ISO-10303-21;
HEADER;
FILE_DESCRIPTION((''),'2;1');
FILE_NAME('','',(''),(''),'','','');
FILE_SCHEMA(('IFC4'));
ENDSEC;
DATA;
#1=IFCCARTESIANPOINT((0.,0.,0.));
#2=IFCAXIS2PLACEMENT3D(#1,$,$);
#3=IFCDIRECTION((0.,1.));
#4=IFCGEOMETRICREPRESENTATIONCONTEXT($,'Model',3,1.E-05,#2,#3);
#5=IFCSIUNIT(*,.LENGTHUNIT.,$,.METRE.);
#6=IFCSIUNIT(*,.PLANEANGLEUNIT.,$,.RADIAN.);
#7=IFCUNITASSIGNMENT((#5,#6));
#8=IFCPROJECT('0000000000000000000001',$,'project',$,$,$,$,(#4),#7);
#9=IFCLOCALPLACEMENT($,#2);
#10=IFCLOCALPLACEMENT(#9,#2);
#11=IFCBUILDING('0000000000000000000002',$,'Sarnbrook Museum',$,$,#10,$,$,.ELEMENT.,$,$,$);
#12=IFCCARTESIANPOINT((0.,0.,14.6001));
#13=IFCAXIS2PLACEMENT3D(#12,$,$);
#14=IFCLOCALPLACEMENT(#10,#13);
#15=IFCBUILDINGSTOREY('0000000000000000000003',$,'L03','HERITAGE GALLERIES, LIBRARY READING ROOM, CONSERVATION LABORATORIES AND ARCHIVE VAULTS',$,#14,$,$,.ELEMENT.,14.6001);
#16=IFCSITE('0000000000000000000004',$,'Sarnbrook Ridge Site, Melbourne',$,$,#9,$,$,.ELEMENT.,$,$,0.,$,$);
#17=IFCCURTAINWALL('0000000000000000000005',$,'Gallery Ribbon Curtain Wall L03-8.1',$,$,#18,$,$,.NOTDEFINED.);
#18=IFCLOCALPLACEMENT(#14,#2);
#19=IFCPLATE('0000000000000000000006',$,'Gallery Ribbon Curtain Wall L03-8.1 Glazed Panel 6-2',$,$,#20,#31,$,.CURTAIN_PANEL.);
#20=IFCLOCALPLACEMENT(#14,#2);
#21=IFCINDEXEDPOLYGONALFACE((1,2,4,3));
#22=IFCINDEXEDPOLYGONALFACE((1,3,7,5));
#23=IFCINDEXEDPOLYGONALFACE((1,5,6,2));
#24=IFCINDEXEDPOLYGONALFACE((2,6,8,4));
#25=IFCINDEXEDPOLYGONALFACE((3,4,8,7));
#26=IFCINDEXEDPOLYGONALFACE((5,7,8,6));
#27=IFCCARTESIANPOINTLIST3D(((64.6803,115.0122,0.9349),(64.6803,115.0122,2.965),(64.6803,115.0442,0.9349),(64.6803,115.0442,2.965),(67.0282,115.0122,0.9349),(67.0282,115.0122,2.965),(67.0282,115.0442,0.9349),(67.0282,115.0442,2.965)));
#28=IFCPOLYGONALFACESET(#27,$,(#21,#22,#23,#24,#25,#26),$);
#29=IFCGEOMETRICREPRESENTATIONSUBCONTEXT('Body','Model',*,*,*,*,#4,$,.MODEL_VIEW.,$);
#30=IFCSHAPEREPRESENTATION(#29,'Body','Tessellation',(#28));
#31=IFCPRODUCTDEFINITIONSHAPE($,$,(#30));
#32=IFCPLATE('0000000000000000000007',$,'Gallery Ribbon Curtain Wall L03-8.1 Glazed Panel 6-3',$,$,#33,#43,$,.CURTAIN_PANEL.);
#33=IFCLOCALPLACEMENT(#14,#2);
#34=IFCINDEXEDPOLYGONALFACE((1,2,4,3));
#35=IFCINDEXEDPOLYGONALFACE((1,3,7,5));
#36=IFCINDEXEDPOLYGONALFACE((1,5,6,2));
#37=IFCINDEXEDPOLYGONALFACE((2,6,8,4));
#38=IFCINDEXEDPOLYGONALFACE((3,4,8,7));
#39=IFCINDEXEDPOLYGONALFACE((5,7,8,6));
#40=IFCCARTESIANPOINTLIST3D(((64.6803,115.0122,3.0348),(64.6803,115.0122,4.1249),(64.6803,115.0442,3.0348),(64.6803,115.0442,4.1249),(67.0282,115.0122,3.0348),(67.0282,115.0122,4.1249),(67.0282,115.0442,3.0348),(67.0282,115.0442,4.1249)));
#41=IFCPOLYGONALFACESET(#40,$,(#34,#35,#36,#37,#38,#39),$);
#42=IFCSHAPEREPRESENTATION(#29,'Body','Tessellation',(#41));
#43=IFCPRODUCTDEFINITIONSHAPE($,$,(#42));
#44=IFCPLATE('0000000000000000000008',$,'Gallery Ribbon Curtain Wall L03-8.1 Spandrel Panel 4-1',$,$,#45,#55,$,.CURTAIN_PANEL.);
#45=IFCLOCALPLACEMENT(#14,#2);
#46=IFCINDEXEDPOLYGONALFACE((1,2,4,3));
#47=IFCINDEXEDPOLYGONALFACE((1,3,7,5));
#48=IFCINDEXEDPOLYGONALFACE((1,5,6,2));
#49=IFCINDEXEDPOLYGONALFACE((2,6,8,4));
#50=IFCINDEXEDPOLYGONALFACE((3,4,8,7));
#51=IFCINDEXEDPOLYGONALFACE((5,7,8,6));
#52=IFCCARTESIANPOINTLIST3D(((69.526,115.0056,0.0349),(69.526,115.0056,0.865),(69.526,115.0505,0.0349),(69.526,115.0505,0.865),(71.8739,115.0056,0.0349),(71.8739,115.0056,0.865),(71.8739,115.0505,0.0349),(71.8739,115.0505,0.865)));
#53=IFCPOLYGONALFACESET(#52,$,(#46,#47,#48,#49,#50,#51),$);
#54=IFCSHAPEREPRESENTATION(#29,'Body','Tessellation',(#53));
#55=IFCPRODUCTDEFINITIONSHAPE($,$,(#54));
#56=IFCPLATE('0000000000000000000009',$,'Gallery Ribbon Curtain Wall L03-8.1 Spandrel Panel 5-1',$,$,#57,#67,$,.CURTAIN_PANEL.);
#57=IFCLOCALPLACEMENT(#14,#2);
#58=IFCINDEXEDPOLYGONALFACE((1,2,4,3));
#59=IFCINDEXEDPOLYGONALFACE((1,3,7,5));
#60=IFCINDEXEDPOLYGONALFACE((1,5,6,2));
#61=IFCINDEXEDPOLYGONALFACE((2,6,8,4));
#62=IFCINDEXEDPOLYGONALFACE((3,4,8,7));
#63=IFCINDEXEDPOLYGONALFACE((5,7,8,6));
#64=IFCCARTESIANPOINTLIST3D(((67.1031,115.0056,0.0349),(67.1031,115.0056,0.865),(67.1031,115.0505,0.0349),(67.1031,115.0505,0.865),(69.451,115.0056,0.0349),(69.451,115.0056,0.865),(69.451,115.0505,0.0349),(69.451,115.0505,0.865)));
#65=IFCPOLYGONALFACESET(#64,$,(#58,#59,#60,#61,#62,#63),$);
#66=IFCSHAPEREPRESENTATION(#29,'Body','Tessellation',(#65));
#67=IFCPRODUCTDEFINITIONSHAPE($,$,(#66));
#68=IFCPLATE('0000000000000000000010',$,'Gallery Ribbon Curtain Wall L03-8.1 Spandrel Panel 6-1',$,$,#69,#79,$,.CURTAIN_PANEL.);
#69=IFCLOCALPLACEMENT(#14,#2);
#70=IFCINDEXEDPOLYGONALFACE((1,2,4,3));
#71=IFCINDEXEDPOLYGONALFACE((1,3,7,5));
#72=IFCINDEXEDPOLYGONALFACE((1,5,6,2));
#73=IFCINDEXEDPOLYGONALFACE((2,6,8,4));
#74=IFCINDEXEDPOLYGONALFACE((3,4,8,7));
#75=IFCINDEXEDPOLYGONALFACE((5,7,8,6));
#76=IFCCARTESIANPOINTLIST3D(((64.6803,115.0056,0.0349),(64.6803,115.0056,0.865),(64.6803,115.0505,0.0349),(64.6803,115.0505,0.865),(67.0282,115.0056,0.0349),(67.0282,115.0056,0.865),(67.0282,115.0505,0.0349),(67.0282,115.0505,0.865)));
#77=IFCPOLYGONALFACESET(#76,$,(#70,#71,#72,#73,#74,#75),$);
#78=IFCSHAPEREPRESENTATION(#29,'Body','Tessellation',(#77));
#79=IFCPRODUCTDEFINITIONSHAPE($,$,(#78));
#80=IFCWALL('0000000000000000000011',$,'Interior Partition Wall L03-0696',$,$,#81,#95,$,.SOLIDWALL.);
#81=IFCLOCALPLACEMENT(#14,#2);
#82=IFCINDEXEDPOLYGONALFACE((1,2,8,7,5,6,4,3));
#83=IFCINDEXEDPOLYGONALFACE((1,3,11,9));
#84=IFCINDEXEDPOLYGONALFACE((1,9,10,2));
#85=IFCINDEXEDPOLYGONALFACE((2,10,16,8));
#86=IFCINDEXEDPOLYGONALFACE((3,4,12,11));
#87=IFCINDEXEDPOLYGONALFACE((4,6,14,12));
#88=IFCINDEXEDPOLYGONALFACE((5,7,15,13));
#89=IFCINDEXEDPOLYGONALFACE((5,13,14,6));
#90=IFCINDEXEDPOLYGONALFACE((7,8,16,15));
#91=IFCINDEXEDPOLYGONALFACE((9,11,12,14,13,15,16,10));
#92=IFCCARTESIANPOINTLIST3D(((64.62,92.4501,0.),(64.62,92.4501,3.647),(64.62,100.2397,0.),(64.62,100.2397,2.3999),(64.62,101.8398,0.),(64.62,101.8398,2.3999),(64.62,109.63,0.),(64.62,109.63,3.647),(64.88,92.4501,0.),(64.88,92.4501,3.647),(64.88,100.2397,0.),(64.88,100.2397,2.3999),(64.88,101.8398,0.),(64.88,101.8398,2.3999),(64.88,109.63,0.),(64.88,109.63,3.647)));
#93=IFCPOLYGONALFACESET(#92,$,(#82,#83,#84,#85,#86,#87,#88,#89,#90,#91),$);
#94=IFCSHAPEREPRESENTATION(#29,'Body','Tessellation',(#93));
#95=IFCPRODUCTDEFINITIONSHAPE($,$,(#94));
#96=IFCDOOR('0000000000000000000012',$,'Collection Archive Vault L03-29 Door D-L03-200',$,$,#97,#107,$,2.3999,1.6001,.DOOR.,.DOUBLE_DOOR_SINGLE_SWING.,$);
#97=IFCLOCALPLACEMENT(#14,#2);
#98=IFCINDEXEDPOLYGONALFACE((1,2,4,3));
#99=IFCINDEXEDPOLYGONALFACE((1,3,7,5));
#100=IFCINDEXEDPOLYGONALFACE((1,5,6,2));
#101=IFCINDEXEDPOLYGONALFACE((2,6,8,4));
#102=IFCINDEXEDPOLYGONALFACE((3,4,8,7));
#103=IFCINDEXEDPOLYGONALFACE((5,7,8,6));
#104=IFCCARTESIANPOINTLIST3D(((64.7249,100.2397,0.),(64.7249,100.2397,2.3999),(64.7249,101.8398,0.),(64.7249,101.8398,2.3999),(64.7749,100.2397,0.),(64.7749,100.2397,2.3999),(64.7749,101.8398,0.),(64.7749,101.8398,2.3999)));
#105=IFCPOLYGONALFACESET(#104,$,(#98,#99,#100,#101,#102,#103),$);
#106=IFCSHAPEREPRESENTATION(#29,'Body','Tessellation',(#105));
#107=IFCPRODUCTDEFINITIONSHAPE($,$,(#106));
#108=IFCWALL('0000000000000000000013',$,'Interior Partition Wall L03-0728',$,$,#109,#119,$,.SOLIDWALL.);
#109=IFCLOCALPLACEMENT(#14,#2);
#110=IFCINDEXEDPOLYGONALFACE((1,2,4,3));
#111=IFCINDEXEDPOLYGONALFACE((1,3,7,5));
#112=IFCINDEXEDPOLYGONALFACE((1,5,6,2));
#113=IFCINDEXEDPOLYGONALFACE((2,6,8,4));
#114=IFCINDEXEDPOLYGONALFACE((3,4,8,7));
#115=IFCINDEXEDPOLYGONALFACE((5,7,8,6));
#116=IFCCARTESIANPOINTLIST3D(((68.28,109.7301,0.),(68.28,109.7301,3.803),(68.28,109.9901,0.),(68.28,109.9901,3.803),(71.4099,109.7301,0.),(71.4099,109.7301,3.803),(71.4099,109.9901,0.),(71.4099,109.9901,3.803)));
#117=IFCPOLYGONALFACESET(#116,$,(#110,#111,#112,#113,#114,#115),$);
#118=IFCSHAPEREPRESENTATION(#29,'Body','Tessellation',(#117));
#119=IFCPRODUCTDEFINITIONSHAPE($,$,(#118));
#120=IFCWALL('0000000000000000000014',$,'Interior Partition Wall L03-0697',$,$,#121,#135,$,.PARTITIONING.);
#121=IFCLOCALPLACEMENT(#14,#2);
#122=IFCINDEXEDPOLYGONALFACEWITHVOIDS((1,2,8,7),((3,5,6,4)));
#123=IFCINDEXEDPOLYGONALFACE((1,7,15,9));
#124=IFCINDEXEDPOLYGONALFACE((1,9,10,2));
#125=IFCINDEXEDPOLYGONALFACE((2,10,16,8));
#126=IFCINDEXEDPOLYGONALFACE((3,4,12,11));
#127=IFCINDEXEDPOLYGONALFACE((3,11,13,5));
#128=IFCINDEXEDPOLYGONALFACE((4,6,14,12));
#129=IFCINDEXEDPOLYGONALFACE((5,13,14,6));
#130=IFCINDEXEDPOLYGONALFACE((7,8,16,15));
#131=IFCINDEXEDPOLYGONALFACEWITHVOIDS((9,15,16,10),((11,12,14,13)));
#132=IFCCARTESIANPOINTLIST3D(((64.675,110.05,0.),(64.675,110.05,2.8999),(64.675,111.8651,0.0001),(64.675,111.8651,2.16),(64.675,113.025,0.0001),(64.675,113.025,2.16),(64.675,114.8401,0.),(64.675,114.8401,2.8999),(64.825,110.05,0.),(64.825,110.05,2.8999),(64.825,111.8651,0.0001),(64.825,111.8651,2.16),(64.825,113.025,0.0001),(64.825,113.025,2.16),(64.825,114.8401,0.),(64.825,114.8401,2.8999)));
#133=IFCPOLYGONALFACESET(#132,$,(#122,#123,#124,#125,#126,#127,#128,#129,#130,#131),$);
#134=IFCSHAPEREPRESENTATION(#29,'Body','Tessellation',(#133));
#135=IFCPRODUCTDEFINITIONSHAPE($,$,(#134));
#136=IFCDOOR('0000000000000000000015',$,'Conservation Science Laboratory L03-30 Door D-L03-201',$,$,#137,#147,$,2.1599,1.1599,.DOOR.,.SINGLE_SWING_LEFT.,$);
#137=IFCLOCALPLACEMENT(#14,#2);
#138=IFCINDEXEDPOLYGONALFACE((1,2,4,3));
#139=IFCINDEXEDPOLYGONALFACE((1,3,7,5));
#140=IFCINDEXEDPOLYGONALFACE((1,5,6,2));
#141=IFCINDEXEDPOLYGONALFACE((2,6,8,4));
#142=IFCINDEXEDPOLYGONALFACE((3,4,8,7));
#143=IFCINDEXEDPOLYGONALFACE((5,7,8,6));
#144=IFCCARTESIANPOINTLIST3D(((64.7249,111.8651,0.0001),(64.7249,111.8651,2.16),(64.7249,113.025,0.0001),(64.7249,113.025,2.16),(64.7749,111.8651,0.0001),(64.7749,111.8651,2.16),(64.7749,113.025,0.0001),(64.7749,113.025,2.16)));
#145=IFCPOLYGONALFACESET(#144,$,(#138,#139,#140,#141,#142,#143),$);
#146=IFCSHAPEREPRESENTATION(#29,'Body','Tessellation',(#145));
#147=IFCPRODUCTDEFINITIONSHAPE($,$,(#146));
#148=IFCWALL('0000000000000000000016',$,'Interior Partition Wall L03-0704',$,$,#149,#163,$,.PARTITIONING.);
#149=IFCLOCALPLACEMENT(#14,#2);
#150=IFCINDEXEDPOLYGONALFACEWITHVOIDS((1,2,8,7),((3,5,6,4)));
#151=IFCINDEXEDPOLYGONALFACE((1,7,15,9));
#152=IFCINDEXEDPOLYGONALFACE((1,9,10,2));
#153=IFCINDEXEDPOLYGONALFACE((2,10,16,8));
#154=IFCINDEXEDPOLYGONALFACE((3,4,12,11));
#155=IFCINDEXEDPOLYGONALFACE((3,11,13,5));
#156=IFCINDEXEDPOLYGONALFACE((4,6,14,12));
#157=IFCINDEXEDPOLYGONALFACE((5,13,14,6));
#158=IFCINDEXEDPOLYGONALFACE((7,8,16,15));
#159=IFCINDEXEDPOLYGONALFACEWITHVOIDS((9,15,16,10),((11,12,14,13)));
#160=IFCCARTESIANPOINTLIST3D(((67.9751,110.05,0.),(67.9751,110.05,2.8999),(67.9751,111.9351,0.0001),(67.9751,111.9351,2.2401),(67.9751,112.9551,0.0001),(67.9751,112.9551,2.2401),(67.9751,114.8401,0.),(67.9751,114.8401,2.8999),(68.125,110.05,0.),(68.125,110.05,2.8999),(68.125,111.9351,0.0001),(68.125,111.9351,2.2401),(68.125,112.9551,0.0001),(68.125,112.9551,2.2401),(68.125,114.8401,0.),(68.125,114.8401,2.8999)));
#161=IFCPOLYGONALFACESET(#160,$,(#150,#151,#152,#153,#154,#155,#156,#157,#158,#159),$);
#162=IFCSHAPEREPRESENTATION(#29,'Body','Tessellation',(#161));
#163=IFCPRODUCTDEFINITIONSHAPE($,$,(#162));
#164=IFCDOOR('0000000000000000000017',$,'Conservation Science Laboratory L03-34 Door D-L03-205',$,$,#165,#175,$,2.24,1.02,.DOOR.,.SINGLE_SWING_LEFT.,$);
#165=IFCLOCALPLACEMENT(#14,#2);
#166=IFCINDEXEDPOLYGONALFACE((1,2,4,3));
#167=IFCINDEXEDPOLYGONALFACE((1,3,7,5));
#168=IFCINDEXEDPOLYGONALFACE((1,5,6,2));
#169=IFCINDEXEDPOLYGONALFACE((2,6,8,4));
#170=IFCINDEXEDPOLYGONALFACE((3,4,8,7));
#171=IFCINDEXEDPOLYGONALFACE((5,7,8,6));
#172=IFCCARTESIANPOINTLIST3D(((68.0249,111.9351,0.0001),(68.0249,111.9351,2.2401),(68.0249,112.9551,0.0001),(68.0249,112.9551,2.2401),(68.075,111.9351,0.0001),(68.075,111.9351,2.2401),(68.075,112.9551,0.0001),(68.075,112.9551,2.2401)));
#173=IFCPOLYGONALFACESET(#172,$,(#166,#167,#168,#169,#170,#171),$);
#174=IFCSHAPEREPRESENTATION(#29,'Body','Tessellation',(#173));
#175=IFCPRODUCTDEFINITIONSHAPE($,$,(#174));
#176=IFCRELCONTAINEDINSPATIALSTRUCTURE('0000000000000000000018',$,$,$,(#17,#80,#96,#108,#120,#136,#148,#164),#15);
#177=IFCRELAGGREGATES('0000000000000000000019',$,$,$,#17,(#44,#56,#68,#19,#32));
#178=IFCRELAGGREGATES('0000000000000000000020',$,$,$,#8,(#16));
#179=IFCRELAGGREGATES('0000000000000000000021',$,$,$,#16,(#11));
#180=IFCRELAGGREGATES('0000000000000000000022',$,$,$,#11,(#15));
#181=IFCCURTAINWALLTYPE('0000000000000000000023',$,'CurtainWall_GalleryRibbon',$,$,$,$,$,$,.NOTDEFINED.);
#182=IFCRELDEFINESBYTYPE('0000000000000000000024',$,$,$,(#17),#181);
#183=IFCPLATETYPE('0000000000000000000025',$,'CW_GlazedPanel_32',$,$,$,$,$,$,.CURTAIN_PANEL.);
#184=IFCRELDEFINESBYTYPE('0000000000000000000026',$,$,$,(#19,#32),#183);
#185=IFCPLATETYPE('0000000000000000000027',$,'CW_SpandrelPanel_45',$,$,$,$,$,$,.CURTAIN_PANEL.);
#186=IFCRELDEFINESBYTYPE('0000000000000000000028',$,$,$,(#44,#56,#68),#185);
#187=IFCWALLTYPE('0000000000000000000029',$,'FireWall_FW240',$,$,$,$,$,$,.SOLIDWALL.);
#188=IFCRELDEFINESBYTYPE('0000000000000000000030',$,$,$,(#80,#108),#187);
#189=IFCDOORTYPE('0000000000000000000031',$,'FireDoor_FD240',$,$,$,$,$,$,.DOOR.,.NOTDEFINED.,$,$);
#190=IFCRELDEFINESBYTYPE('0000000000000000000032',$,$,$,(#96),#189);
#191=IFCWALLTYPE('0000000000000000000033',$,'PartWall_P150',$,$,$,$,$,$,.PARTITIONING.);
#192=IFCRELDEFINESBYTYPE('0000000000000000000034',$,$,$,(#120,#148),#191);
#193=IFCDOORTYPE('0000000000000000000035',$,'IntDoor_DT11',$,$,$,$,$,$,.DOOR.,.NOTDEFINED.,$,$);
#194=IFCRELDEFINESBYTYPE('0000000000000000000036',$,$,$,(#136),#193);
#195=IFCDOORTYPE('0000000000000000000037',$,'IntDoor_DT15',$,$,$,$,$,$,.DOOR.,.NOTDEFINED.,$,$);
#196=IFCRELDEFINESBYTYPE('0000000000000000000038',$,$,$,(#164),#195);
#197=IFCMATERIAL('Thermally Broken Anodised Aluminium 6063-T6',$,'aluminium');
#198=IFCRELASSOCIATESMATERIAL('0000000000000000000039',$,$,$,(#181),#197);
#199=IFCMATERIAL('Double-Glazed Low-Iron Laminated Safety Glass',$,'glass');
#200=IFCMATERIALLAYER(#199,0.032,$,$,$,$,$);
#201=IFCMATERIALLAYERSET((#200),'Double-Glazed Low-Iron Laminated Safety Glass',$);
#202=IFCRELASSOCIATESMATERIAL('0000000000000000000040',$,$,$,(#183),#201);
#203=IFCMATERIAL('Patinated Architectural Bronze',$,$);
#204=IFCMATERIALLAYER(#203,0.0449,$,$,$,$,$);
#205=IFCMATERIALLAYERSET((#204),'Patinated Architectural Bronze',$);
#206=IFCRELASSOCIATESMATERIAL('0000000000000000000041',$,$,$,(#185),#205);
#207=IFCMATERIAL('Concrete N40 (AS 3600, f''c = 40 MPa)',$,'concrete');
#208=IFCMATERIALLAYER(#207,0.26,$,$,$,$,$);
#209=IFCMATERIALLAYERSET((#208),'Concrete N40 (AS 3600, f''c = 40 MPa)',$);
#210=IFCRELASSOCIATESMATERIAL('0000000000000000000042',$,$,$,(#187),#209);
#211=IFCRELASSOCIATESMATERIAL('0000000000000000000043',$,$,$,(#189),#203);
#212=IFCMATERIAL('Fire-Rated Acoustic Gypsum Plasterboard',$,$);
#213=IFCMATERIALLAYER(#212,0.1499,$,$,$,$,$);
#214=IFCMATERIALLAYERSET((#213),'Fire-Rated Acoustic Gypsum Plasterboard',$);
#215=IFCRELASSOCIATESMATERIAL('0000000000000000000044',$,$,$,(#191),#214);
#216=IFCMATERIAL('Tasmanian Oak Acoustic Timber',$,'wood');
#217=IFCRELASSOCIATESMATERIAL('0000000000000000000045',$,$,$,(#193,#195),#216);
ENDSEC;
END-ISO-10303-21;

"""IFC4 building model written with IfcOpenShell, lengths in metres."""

from ifc_helpers import new_model, si_unit, direction, frame, frame_2d, origin, origin_2d, place, context, subcontext, project, spatial, rectangle, extrude, material, layer, layer_set, type_object, element, fill, aggregate, save


model = new_model("IFC4")

# Units and contexts
model_context = context("Model", 3, precision=1e-05, world=origin(), true_north=direction((0.0, 1.0)))
body_context = subcontext(model_context, "Body", "Model", "MODEL_VIEW")
ifc_project = project(units=[si_unit("LENGTHUNIT", "METRE"), si_unit("PLANEANGLEUNIT", "RADIAN")], contexts=[model_context])

# Site, building, storey
site_placement = place(None, origin())
site = spatial("IfcSite", under=ifc_project, at=site_placement, Name="Sarnbrook Ridge Site, Melbourne", CompositionType="ELEMENT", RefElevation=0.0)
building_placement = place(site_placement, origin())
building = spatial("IfcBuilding", under=site, at=building_placement, Name="Sarnbrook Museum", CompositionType="ELEMENT")
storey_placement = place(building_placement, frame((0.0, 0.0, 14.6001)))
storey = spatial("IfcBuildingStorey", under=building, at=storey_placement, Name="L03", Description="HERITAGE GALLERIES, LIBRARY READING ROOM, CONSERVATION LABORATORIES AND ARCHIVE VAULTS", CompositionType="ELEMENT", Elevation=14.6001)

# Shared definitions
ifc_material_1 = material(Name="Concrete N40 (AS 3600, f'c = 40 MPa)", Category="concrete")

# Curtain wall
ifc_material_2 = material(Name="Thermally Broken Anodised Aluminium 6063-T6", Category="aluminium")
curtain_wall_type = type_object("IfcCurtainWallType", Name="CurtainWall_GalleryRibbon", PredefinedType="NOTDEFINED", material=ifc_material_2)
curtain_wall_placement = place(storey_placement, origin())
curtain_wall = element("IfcCurtainWall", 1, at=curtain_wall_placement, inside=storey, type_object=curtain_wall_type, Name="Gallery Ribbon Curtain Wall L03-8.1", PredefinedType="NOTDEFINED")

# Plates
ifc_material_3 = material(Name="Double-Glazed Low-Iron Laminated Safety Glass", Category="glass")
ifc_layer_1 = layer(ifc_material_3, 0.032)
ifc_layer_set_1 = layer_set([ifc_layer_1], Name="Double-Glazed Low-Iron Laminated Safety Glass")
plate_type_1 = type_object("IfcPlateType", Name="CW_GlazedPanel_32", PredefinedType="CURTAIN_PANEL", material=ifc_layer_set_1)
plate_1_placement = place(storey_placement, frame((65.8542, 115.0122, 1.95), z_axis=(0.0, 1.0, 0.0), x_axis=(-1.0, 0.0, 0.0)))
plate_1 = element("IfcPlate", 2, at=plate_1_placement, type_object=plate_type_1, Name="Gallery Ribbon Curtain Wall L03-8.1 Glazed Panel 6-2", PredefinedType="CURTAIN_PANEL", context=body_context, shape_type="SweptSolid", body=[
    extrude(rectangle(XDim=2.3479, YDim=2.03, at=origin_2d()), origin(), (0.0, 0.0, 1.0), 0.032),
])
plate_2_placement = place(storey_placement, frame((65.8542, 115.0122, 3.5798), z_axis=(0.0, 1.0, 0.0), x_axis=(-1.0, 0.0, 0.0)))
plate_2 = element("IfcPlate", 3, at=plate_2_placement, type_object=plate_type_1, Name="Gallery Ribbon Curtain Wall L03-8.1 Glazed Panel 6-3", PredefinedType="CURTAIN_PANEL", context=body_context, shape_type="SweptSolid", body=[
    extrude(rectangle(XDim=2.3479, YDim=1.0901, at=origin_2d()), origin(), (0.0, 0.0, 1.0), 0.032),
])
ifc_material_4 = material(Name="Patinated Architectural Bronze")
ifc_layer_2 = layer(ifc_material_4, 0.0449)
ifc_layer_set_2 = layer_set([ifc_layer_2], Name="Patinated Architectural Bronze")
plate_type_2 = type_object("IfcPlateType", Name="CW_SpandrelPanel_45", PredefinedType="CURTAIN_PANEL", material=ifc_layer_set_2)
plate_3_placement = place(storey_placement, frame((70.7, 115.0056, 0.45), z_axis=(0.0, 1.0, 0.0), x_axis=(-1.0, 0.0, 0.0)))
plate_3 = element("IfcPlate", 4, at=plate_3_placement, type_object=plate_type_2, Name="Gallery Ribbon Curtain Wall L03-8.1 Spandrel Panel 4-1", PredefinedType="CURTAIN_PANEL", context=body_context, shape_type="SweptSolid", body=[
    extrude(rectangle(XDim=2.3479, YDim=0.8301, at=origin_2d()), origin(), (0.0, 0.0, 1.0), 0.0449),
])
plate_4_placement = place(storey_placement, frame((68.2771, 115.0056, 0.45), z_axis=(0.0, 1.0, 0.0), x_axis=(-1.0, 0.0, 0.0)))
plate_4 = element("IfcPlate", 5, at=plate_4_placement, type_object=plate_type_2, Name="Gallery Ribbon Curtain Wall L03-8.1 Spandrel Panel 5-1", PredefinedType="CURTAIN_PANEL", context=body_context, shape_type="SweptSolid", body=[
    extrude(rectangle(XDim=2.3479, YDim=0.8301, at=origin_2d()), origin(), (0.0, 0.0, 1.0), 0.0449),
])
plate_5_placement = place(storey_placement, frame((65.8542, 115.0056, 0.45), z_axis=(0.0, 1.0, 0.0), x_axis=(-1.0, 0.0, 0.0)))
plate_5 = element("IfcPlate", 6, at=plate_5_placement, type_object=plate_type_2, Name="Gallery Ribbon Curtain Wall L03-8.1 Spandrel Panel 6-1", PredefinedType="CURTAIN_PANEL", context=body_context, shape_type="SweptSolid", body=[
    extrude(rectangle(XDim=2.3479, YDim=0.8301, at=origin_2d()), origin(), (0.0, 0.0, 1.0), 0.0449),
])
aggregate(curtain_wall, [plate_3, plate_4, plate_5, plate_1, plate_2])

# Wall, opening, door
ifc_layer_3 = layer(ifc_material_1, 0.26)
ifc_layer_set_3 = layer_set([ifc_layer_3], Name="Concrete N40 (AS 3600, f'c = 40 MPa)")
wall_type_1 = type_object("IfcWallType", Name="FireWall_FW240", PredefinedType="SOLIDWALL", material=ifc_layer_set_3)
wall_1_placement = place(storey_placement, frame((64.75, 109.6299, 0.0), z_axis=(0.0, 0.0, 1.0), x_axis=(0.0, -1.0, 0.0)))
wall_1 = element("IfcWall", 7, at=wall_1_placement, inside=storey, type_object=wall_type_1, Name="Interior Partition Wall L03-0696", PredefinedType="SOLIDWALL", context=body_context, shape_type="SweptSolid", body=[
    extrude(rectangle(XDim=17.1799, YDim=0.26, at=frame_2d((8.5898, 0.0))), origin(), (0.0, 0.0, 1.0), 3.647),
])
opening_1_placement = place(wall_1_placement, frame((7.79, 0.0, 0.0)))
opening_1 = element("IfcOpeningElement", 8, at=opening_1_placement, cuts=wall_1, PredefinedType="OPENING", context=body_context, shape_type="SweptSolid", body=[
    extrude(rectangle(XDim=1.6001, YDim=2.3999, at=frame_2d((0.8, 1.2))), frame((0.0, 0.1401, 0.0), z_axis=(0.0, -1.0, 0.0), x_axis=(1.0, 0.0, 0.0)), (0.0, 0.0, 1.0), 0.28),
])
door_type_1 = type_object("IfcDoorType", Name="FireDoor_FD240", OperationType="NOTDEFINED", PredefinedType="DOOR", material=ifc_material_4)
door_1_placement = place(opening_1_placement, origin())
door_1 = element("IfcDoor", 9, at=door_1_placement, inside=storey, type_object=door_type_1, Name="Collection Archive Vault L03-29 Door D-L03-200", OperationType="DOUBLE_DOOR_SINGLE_SWING", OverallHeight=2.3999, OverallWidth=1.6001, PredefinedType="DOOR", context=body_context, shape_type="SweptSolid", body=[
    extrude(rectangle(XDim=1.6001, YDim=2.3999, at=frame_2d((0.8, 1.2))), frame((0.0, 0.0249, 0.0), z_axis=(0.0, -1.0, 0.0), x_axis=(1.0, 0.0, 0.0)), (0.0, 0.0, 1.0), 0.05),
])
fill(opening_1, door_1)

# Wall
wall_2_placement = place(storey_placement, frame((68.28, 109.8601, 0.0), z_axis=(0.0, 0.0, 1.0), x_axis=(1.0, 0.0, 0.0)))
element("IfcWall", 10, at=wall_2_placement, inside=storey, type_object=wall_type_1, Name="Interior Partition Wall L03-0728", PredefinedType="SOLIDWALL", context=body_context, shape_type="SweptSolid", body=[
    extrude(rectangle(XDim=3.1299, YDim=0.26, at=frame_2d((1.5649, 0.0))), origin(), (0.0, 0.0, 1.0), 3.803),
])

# Walls, openings, doors
ifc_material_5 = material(Name="Fire-Rated Acoustic Gypsum Plasterboard")
ifc_layer_4 = layer(ifc_material_5, 0.1499)
ifc_layer_set_4 = layer_set([ifc_layer_4], Name="Fire-Rated Acoustic Gypsum Plasterboard")
wall_type_2 = type_object("IfcWallType", Name="PartWall_P150", PredefinedType="PARTITIONING", material=ifc_layer_set_4)
wall_3_placement = place(storey_placement, frame((64.75, 114.8401, 0.0), z_axis=(0.0, 0.0, 1.0), x_axis=(0.0, -1.0, 0.0)))
wall_3 = element("IfcWall", 11, at=wall_3_placement, inside=storey, type_object=wall_type_2, Name="Interior Partition Wall L03-0697", PredefinedType="PARTITIONING", context=body_context, shape_type="SweptSolid", body=[
    extrude(rectangle(XDim=4.79, YDim=0.1499, at=frame_2d((2.395, 0.0))), origin(), (0.0, 0.0, 1.0), 2.8999),
])
opening_2_placement = place(wall_3_placement, frame((1.8149, 0.0, 0.0)))
opening_2 = element("IfcOpeningElement", 12, at=opening_2_placement, cuts=wall_3, PredefinedType="OPENING", context=body_context, shape_type="SweptSolid", body=[
    extrude(rectangle(XDim=1.1599, YDim=2.1599, at=frame_2d((0.5801, 1.0801))), frame((0.0, 0.085, 0.0), z_axis=(0.0, -1.0, 0.0), x_axis=(1.0, 0.0, 0.0)), (0.0, 0.0, 1.0), 0.1699),
])
ifc_material_6 = material(Name="Tasmanian Oak Acoustic Timber", Category="wood")
door_type_2 = type_object("IfcDoorType", Name="IntDoor_DT11", OperationType="NOTDEFINED", PredefinedType="DOOR", material=ifc_material_6)
door_2_placement = place(opening_2_placement, origin())
door_2 = element("IfcDoor", 13, at=door_2_placement, inside=storey, type_object=door_type_2, Name="Conservation Science Laboratory L03-30 Door D-L03-201", OperationType="SINGLE_SWING_LEFT", OverallHeight=2.1599, OverallWidth=1.1599, PredefinedType="DOOR", context=body_context, shape_type="SweptSolid", body=[
    extrude(rectangle(XDim=1.1599, YDim=2.1599, at=frame_2d((0.5801, 1.0801))), frame((0.0, 0.0249, 0.0), z_axis=(0.0, -1.0, 0.0), x_axis=(1.0, 0.0, 0.0)), (0.0, 0.0, 1.0), 0.05),
])
fill(opening_2, door_2)
wall_4_placement = place(storey_placement, frame((68.05, 110.05, 0.0), z_axis=(0.0, 0.0, 1.0), x_axis=(0.0, 1.0, 0.0)))
wall_4 = element("IfcWall", 14, at=wall_4_placement, inside=storey, type_object=wall_type_2, Name="Interior Partition Wall L03-0704", PredefinedType="PARTITIONING", context=body_context, shape_type="SweptSolid", body=[
    extrude(rectangle(XDim=4.79, YDim=0.1499, at=frame_2d((2.395, 0.0))), origin(), (0.0, 0.0, 1.0), 2.8999),
])
opening_3_placement = place(wall_4_placement, frame((1.885, 0.0, 0.0)))
opening_3 = element("IfcOpeningElement", 15, at=opening_3_placement, cuts=wall_4, PredefinedType="OPENING", context=body_context, shape_type="SweptSolid", body=[
    extrude(rectangle(XDim=1.02, YDim=2.24, at=frame_2d((0.51, 1.1201))), frame((0.0, 0.085, 0.0), z_axis=(0.0, -1.0, 0.0), x_axis=(1.0, 0.0, 0.0)), (0.0, 0.0, 1.0), 0.1699),
])
door_type_3 = type_object("IfcDoorType", Name="IntDoor_DT15", OperationType="NOTDEFINED", PredefinedType="DOOR", material=ifc_material_6)
door_3_placement = place(opening_3_placement, frame((1.02, 0.0, 0.0), z_axis=(0.0, 0.0, 1.0), x_axis=(-1.0, 0.0, 0.0)))
door_3 = element("IfcDoor", 16, at=door_3_placement, inside=storey, type_object=door_type_3, Name="Conservation Science Laboratory L03-34 Door D-L03-205", OperationType="SINGLE_SWING_LEFT", OverallHeight=2.24, OverallWidth=1.02, PredefinedType="DOOR", context=body_context, shape_type="SweptSolid", body=[
    extrude(rectangle(XDim=1.02, YDim=2.24, at=frame_2d((0.51, 1.1201))), frame((0.0, 0.0249, 0.0), z_axis=(0.0, -1.0, 0.0), x_axis=(1.0, 0.0, 0.0)), (0.0, 0.0, 1.0), 0.05),
])
fill(opening_3, door_3)

save(model, "model.ifc")
